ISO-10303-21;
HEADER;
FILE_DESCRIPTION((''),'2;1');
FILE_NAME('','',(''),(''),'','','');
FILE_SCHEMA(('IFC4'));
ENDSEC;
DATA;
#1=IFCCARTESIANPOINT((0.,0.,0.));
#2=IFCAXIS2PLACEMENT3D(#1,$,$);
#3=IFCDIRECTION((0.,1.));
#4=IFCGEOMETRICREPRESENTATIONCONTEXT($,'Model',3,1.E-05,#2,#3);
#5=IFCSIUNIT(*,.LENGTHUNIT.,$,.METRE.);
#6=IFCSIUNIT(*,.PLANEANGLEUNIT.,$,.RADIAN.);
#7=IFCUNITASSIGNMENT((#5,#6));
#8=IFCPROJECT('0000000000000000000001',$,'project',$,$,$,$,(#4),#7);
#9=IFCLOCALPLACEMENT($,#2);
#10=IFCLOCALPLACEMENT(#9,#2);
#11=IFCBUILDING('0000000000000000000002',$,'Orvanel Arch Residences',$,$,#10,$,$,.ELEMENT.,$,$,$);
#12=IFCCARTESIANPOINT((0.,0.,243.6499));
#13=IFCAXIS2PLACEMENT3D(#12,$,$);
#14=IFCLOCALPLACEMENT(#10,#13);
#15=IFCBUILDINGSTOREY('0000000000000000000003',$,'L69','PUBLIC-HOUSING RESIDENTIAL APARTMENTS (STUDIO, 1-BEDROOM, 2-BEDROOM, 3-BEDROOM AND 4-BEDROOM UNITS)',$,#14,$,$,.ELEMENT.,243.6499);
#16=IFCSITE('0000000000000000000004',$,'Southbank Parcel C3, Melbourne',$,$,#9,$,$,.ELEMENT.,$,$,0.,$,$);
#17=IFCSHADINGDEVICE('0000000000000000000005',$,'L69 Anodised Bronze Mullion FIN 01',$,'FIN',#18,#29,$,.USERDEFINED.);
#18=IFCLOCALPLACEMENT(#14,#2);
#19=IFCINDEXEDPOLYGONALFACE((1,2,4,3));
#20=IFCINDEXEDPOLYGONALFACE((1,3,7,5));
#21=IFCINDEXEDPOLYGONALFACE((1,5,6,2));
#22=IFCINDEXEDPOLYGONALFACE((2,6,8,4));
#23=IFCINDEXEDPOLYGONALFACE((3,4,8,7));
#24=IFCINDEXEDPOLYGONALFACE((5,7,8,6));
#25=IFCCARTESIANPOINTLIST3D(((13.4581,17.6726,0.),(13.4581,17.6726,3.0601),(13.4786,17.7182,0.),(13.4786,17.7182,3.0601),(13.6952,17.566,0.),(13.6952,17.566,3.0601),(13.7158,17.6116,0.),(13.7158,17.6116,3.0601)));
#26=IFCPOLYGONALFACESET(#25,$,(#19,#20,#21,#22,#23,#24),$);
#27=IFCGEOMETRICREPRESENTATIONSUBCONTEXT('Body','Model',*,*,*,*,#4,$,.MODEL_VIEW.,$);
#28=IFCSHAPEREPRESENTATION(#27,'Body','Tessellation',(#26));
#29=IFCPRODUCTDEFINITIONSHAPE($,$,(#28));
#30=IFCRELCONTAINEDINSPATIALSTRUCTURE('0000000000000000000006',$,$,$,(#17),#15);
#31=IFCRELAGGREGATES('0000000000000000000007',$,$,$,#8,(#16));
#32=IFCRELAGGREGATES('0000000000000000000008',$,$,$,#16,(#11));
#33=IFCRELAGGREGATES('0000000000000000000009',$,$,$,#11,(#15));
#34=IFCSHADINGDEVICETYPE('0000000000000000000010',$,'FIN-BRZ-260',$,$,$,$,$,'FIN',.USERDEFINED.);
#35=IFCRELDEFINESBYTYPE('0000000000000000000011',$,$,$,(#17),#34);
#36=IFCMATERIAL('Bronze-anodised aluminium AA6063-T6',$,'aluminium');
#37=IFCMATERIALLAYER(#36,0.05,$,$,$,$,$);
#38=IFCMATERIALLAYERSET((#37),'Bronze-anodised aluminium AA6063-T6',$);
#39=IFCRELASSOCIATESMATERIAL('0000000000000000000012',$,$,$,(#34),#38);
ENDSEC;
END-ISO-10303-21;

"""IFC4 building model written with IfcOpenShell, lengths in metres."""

from ifc_helpers import new_model, si_unit, direction, frame, origin, origin_2d, place, context, subcontext, project, spatial, rectangle, extrude, material, layer, layer_set, type_object, element, save


model = new_model("IFC4")

# Units and contexts
model_context = context("Model", 3, precision=1e-05, world=origin(), true_north=direction((0.0, 1.0)))
body_context = subcontext(model_context, "Body", "Model", "MODEL_VIEW")
ifc_project = project(units=[si_unit("LENGTHUNIT", "METRE"), si_unit("PLANEANGLEUNIT", "RADIAN")], contexts=[model_context])

# Site, building, storey
site_placement = place(None, origin())
site = spatial("IfcSite", under=ifc_project, at=site_placement, Name="Southbank Parcel C3, Melbourne", CompositionType="ELEMENT", RefElevation=0.0)
building_placement = place(site_placement, origin())
building = spatial("IfcBuilding", under=site, at=building_placement, Name="Orvanel Arch Residences", CompositionType="ELEMENT")
storey_placement = place(building_placement, frame((0.0, 0.0, 243.6499)))
storey = spatial("IfcBuildingStorey", under=building, at=storey_placement, Name="L69", Description="PUBLIC-HOUSING RESIDENTIAL APARTMENTS (STUDIO, 1-BEDROOM, 2-BEDROOM, 3-BEDROOM AND 4-BEDROOM UNITS)", CompositionType="ELEMENT", Elevation=243.6499)

# Shared definitions
ifc_material_1 = material(Name="Bronze-anodised aluminium AA6063-T6", Category="aluminium")

# Shading device
ifc_layer_1 = layer(ifc_material_1, 0.05)
ifc_layer_set_1 = layer_set([ifc_layer_1], Name="Bronze-anodised aluminium AA6063-T6")
shading_device_type = type_object("IfcShadingDeviceType", Name="FIN-BRZ-260", ElementType="FIN", PredefinedType="USERDEFINED", material=ifc_layer_set_1)
shading_device_placement = place(storey_placement, frame((13.5869, 17.6421, 0.0), z_axis=(0.0, 0.0, 1.0), x_axis=(-0.91212, 0.409923, 0.0)))
element("IfcShadingDevice", 1, at=shading_device_placement, inside=storey, type_object=shading_device_type, Name="L69 Anodised Bronze Mullion FIN 01", ObjectType="FIN", PredefinedType="USERDEFINED", context=body_context, shape_type="SweptSolid", body=[
    extrude(rectangle(XDim=0.26, YDim=0.05, at=origin_2d()), origin(), (0.0, 0.0, 1.0), 3.0601),
])

save(model, "model.ifc")
